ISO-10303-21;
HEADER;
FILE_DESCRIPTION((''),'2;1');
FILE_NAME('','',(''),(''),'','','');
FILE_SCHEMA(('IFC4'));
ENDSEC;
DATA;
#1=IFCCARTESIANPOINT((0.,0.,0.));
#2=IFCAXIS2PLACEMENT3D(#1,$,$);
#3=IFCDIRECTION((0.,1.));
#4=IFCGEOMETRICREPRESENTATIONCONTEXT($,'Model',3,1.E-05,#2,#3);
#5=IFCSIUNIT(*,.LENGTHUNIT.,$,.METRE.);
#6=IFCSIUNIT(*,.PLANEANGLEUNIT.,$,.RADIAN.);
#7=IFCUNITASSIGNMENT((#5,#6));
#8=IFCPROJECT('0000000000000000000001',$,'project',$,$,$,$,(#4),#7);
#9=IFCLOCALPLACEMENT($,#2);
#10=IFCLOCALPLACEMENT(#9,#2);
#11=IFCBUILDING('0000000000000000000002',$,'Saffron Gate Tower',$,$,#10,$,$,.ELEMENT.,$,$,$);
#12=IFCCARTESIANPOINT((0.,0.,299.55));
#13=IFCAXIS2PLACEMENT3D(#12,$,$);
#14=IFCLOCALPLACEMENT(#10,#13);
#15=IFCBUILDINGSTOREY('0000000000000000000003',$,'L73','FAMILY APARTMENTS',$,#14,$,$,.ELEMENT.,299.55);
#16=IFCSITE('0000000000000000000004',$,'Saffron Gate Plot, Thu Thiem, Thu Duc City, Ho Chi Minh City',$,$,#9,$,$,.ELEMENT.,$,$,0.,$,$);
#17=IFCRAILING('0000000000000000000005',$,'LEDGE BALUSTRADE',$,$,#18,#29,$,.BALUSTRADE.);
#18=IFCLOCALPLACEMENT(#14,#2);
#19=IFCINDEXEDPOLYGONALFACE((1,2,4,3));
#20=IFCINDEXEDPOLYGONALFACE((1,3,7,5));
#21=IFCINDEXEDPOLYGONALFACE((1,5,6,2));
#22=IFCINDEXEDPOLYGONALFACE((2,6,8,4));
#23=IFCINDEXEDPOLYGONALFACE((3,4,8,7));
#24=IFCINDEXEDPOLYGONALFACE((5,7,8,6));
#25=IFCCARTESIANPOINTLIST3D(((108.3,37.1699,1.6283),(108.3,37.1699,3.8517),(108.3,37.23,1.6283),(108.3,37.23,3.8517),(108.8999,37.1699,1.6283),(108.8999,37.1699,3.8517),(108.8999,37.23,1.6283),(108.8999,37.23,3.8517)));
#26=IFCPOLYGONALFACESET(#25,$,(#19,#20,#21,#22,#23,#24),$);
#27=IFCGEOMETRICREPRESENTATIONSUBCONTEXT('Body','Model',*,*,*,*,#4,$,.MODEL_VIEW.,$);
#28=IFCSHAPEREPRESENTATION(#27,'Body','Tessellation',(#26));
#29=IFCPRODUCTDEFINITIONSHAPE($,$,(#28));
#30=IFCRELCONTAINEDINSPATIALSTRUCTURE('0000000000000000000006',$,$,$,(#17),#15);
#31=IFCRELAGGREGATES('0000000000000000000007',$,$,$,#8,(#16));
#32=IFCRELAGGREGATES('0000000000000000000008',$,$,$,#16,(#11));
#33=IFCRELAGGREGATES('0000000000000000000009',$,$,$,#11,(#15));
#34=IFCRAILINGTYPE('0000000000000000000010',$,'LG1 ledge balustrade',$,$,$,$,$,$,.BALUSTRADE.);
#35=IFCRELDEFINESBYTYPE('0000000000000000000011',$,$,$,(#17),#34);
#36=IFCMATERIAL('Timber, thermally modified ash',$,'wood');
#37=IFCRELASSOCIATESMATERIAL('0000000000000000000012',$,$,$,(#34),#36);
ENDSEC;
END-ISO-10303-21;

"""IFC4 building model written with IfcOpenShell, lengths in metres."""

from ifc_helpers import new_model, si_unit, direction, frame, origin, origin_2d, place, context, subcontext, project, spatial, rectangle, extrude, material, type_object, element, save


model = new_model("IFC4")

# Units and contexts
model_context = context("Model", 3, precision=1e-05, world=origin(), true_north=direction((0.0, 1.0)))
body_context = subcontext(model_context, "Body", "Model", "MODEL_VIEW")
ifc_project = project(units=[si_unit("LENGTHUNIT", "METRE"), si_unit("PLANEANGLEUNIT", "RADIAN")], contexts=[model_context])

# Site, building, storey
site_placement = place(None, origin())
site = spatial("IfcSite", under=ifc_project, at=site_placement, Name="Saffron Gate Plot, Thu Thiem, Thu Duc City, Ho Chi Minh City", CompositionType="ELEMENT", RefElevation=0.0)
building_placement = place(site_placement, origin())
building = spatial("IfcBuilding", under=site, at=building_placement, Name="Saffron Gate Tower", CompositionType="ELEMENT")
storey_placement = place(building_placement, frame((0.0, 0.0, 299.55)))
storey = spatial("IfcBuildingStorey", under=building, at=storey_placement, Name="L73", Description="FAMILY APARTMENTS", CompositionType="ELEMENT", Elevation=299.55)

# Shared definitions
ifc_material_1 = material(Name="Timber, thermally modified ash", Category="wood")

# Railing
railing_type_1 = type_object("IfcRailingType", Name="LG1 ledge balustrade", PredefinedType="BALUSTRADE", material=ifc_material_1)
railing_1_placement = place(storey_placement, frame((108.3, 37.2, 1.6282)))
element("IfcRailing", 1, at=railing_1_placement, inside=storey, type_object=railing_type_1, Name="LEDGE BALUSTRADE", PredefinedType="BALUSTRADE", context=body_context, shape_type="SweptSolid", body=[
    extrude(rectangle(XDim=0.0601, YDim=2.2234, at=origin_2d()), frame((0.0, 0.0, 1.1118), z_axis=(1.0, 0.0, 0.0), x_axis=(0.0, 1.0, 0.0)), (0.0, 0.0, 1.0), 0.5999),
])

save(model, "model.ifc")
